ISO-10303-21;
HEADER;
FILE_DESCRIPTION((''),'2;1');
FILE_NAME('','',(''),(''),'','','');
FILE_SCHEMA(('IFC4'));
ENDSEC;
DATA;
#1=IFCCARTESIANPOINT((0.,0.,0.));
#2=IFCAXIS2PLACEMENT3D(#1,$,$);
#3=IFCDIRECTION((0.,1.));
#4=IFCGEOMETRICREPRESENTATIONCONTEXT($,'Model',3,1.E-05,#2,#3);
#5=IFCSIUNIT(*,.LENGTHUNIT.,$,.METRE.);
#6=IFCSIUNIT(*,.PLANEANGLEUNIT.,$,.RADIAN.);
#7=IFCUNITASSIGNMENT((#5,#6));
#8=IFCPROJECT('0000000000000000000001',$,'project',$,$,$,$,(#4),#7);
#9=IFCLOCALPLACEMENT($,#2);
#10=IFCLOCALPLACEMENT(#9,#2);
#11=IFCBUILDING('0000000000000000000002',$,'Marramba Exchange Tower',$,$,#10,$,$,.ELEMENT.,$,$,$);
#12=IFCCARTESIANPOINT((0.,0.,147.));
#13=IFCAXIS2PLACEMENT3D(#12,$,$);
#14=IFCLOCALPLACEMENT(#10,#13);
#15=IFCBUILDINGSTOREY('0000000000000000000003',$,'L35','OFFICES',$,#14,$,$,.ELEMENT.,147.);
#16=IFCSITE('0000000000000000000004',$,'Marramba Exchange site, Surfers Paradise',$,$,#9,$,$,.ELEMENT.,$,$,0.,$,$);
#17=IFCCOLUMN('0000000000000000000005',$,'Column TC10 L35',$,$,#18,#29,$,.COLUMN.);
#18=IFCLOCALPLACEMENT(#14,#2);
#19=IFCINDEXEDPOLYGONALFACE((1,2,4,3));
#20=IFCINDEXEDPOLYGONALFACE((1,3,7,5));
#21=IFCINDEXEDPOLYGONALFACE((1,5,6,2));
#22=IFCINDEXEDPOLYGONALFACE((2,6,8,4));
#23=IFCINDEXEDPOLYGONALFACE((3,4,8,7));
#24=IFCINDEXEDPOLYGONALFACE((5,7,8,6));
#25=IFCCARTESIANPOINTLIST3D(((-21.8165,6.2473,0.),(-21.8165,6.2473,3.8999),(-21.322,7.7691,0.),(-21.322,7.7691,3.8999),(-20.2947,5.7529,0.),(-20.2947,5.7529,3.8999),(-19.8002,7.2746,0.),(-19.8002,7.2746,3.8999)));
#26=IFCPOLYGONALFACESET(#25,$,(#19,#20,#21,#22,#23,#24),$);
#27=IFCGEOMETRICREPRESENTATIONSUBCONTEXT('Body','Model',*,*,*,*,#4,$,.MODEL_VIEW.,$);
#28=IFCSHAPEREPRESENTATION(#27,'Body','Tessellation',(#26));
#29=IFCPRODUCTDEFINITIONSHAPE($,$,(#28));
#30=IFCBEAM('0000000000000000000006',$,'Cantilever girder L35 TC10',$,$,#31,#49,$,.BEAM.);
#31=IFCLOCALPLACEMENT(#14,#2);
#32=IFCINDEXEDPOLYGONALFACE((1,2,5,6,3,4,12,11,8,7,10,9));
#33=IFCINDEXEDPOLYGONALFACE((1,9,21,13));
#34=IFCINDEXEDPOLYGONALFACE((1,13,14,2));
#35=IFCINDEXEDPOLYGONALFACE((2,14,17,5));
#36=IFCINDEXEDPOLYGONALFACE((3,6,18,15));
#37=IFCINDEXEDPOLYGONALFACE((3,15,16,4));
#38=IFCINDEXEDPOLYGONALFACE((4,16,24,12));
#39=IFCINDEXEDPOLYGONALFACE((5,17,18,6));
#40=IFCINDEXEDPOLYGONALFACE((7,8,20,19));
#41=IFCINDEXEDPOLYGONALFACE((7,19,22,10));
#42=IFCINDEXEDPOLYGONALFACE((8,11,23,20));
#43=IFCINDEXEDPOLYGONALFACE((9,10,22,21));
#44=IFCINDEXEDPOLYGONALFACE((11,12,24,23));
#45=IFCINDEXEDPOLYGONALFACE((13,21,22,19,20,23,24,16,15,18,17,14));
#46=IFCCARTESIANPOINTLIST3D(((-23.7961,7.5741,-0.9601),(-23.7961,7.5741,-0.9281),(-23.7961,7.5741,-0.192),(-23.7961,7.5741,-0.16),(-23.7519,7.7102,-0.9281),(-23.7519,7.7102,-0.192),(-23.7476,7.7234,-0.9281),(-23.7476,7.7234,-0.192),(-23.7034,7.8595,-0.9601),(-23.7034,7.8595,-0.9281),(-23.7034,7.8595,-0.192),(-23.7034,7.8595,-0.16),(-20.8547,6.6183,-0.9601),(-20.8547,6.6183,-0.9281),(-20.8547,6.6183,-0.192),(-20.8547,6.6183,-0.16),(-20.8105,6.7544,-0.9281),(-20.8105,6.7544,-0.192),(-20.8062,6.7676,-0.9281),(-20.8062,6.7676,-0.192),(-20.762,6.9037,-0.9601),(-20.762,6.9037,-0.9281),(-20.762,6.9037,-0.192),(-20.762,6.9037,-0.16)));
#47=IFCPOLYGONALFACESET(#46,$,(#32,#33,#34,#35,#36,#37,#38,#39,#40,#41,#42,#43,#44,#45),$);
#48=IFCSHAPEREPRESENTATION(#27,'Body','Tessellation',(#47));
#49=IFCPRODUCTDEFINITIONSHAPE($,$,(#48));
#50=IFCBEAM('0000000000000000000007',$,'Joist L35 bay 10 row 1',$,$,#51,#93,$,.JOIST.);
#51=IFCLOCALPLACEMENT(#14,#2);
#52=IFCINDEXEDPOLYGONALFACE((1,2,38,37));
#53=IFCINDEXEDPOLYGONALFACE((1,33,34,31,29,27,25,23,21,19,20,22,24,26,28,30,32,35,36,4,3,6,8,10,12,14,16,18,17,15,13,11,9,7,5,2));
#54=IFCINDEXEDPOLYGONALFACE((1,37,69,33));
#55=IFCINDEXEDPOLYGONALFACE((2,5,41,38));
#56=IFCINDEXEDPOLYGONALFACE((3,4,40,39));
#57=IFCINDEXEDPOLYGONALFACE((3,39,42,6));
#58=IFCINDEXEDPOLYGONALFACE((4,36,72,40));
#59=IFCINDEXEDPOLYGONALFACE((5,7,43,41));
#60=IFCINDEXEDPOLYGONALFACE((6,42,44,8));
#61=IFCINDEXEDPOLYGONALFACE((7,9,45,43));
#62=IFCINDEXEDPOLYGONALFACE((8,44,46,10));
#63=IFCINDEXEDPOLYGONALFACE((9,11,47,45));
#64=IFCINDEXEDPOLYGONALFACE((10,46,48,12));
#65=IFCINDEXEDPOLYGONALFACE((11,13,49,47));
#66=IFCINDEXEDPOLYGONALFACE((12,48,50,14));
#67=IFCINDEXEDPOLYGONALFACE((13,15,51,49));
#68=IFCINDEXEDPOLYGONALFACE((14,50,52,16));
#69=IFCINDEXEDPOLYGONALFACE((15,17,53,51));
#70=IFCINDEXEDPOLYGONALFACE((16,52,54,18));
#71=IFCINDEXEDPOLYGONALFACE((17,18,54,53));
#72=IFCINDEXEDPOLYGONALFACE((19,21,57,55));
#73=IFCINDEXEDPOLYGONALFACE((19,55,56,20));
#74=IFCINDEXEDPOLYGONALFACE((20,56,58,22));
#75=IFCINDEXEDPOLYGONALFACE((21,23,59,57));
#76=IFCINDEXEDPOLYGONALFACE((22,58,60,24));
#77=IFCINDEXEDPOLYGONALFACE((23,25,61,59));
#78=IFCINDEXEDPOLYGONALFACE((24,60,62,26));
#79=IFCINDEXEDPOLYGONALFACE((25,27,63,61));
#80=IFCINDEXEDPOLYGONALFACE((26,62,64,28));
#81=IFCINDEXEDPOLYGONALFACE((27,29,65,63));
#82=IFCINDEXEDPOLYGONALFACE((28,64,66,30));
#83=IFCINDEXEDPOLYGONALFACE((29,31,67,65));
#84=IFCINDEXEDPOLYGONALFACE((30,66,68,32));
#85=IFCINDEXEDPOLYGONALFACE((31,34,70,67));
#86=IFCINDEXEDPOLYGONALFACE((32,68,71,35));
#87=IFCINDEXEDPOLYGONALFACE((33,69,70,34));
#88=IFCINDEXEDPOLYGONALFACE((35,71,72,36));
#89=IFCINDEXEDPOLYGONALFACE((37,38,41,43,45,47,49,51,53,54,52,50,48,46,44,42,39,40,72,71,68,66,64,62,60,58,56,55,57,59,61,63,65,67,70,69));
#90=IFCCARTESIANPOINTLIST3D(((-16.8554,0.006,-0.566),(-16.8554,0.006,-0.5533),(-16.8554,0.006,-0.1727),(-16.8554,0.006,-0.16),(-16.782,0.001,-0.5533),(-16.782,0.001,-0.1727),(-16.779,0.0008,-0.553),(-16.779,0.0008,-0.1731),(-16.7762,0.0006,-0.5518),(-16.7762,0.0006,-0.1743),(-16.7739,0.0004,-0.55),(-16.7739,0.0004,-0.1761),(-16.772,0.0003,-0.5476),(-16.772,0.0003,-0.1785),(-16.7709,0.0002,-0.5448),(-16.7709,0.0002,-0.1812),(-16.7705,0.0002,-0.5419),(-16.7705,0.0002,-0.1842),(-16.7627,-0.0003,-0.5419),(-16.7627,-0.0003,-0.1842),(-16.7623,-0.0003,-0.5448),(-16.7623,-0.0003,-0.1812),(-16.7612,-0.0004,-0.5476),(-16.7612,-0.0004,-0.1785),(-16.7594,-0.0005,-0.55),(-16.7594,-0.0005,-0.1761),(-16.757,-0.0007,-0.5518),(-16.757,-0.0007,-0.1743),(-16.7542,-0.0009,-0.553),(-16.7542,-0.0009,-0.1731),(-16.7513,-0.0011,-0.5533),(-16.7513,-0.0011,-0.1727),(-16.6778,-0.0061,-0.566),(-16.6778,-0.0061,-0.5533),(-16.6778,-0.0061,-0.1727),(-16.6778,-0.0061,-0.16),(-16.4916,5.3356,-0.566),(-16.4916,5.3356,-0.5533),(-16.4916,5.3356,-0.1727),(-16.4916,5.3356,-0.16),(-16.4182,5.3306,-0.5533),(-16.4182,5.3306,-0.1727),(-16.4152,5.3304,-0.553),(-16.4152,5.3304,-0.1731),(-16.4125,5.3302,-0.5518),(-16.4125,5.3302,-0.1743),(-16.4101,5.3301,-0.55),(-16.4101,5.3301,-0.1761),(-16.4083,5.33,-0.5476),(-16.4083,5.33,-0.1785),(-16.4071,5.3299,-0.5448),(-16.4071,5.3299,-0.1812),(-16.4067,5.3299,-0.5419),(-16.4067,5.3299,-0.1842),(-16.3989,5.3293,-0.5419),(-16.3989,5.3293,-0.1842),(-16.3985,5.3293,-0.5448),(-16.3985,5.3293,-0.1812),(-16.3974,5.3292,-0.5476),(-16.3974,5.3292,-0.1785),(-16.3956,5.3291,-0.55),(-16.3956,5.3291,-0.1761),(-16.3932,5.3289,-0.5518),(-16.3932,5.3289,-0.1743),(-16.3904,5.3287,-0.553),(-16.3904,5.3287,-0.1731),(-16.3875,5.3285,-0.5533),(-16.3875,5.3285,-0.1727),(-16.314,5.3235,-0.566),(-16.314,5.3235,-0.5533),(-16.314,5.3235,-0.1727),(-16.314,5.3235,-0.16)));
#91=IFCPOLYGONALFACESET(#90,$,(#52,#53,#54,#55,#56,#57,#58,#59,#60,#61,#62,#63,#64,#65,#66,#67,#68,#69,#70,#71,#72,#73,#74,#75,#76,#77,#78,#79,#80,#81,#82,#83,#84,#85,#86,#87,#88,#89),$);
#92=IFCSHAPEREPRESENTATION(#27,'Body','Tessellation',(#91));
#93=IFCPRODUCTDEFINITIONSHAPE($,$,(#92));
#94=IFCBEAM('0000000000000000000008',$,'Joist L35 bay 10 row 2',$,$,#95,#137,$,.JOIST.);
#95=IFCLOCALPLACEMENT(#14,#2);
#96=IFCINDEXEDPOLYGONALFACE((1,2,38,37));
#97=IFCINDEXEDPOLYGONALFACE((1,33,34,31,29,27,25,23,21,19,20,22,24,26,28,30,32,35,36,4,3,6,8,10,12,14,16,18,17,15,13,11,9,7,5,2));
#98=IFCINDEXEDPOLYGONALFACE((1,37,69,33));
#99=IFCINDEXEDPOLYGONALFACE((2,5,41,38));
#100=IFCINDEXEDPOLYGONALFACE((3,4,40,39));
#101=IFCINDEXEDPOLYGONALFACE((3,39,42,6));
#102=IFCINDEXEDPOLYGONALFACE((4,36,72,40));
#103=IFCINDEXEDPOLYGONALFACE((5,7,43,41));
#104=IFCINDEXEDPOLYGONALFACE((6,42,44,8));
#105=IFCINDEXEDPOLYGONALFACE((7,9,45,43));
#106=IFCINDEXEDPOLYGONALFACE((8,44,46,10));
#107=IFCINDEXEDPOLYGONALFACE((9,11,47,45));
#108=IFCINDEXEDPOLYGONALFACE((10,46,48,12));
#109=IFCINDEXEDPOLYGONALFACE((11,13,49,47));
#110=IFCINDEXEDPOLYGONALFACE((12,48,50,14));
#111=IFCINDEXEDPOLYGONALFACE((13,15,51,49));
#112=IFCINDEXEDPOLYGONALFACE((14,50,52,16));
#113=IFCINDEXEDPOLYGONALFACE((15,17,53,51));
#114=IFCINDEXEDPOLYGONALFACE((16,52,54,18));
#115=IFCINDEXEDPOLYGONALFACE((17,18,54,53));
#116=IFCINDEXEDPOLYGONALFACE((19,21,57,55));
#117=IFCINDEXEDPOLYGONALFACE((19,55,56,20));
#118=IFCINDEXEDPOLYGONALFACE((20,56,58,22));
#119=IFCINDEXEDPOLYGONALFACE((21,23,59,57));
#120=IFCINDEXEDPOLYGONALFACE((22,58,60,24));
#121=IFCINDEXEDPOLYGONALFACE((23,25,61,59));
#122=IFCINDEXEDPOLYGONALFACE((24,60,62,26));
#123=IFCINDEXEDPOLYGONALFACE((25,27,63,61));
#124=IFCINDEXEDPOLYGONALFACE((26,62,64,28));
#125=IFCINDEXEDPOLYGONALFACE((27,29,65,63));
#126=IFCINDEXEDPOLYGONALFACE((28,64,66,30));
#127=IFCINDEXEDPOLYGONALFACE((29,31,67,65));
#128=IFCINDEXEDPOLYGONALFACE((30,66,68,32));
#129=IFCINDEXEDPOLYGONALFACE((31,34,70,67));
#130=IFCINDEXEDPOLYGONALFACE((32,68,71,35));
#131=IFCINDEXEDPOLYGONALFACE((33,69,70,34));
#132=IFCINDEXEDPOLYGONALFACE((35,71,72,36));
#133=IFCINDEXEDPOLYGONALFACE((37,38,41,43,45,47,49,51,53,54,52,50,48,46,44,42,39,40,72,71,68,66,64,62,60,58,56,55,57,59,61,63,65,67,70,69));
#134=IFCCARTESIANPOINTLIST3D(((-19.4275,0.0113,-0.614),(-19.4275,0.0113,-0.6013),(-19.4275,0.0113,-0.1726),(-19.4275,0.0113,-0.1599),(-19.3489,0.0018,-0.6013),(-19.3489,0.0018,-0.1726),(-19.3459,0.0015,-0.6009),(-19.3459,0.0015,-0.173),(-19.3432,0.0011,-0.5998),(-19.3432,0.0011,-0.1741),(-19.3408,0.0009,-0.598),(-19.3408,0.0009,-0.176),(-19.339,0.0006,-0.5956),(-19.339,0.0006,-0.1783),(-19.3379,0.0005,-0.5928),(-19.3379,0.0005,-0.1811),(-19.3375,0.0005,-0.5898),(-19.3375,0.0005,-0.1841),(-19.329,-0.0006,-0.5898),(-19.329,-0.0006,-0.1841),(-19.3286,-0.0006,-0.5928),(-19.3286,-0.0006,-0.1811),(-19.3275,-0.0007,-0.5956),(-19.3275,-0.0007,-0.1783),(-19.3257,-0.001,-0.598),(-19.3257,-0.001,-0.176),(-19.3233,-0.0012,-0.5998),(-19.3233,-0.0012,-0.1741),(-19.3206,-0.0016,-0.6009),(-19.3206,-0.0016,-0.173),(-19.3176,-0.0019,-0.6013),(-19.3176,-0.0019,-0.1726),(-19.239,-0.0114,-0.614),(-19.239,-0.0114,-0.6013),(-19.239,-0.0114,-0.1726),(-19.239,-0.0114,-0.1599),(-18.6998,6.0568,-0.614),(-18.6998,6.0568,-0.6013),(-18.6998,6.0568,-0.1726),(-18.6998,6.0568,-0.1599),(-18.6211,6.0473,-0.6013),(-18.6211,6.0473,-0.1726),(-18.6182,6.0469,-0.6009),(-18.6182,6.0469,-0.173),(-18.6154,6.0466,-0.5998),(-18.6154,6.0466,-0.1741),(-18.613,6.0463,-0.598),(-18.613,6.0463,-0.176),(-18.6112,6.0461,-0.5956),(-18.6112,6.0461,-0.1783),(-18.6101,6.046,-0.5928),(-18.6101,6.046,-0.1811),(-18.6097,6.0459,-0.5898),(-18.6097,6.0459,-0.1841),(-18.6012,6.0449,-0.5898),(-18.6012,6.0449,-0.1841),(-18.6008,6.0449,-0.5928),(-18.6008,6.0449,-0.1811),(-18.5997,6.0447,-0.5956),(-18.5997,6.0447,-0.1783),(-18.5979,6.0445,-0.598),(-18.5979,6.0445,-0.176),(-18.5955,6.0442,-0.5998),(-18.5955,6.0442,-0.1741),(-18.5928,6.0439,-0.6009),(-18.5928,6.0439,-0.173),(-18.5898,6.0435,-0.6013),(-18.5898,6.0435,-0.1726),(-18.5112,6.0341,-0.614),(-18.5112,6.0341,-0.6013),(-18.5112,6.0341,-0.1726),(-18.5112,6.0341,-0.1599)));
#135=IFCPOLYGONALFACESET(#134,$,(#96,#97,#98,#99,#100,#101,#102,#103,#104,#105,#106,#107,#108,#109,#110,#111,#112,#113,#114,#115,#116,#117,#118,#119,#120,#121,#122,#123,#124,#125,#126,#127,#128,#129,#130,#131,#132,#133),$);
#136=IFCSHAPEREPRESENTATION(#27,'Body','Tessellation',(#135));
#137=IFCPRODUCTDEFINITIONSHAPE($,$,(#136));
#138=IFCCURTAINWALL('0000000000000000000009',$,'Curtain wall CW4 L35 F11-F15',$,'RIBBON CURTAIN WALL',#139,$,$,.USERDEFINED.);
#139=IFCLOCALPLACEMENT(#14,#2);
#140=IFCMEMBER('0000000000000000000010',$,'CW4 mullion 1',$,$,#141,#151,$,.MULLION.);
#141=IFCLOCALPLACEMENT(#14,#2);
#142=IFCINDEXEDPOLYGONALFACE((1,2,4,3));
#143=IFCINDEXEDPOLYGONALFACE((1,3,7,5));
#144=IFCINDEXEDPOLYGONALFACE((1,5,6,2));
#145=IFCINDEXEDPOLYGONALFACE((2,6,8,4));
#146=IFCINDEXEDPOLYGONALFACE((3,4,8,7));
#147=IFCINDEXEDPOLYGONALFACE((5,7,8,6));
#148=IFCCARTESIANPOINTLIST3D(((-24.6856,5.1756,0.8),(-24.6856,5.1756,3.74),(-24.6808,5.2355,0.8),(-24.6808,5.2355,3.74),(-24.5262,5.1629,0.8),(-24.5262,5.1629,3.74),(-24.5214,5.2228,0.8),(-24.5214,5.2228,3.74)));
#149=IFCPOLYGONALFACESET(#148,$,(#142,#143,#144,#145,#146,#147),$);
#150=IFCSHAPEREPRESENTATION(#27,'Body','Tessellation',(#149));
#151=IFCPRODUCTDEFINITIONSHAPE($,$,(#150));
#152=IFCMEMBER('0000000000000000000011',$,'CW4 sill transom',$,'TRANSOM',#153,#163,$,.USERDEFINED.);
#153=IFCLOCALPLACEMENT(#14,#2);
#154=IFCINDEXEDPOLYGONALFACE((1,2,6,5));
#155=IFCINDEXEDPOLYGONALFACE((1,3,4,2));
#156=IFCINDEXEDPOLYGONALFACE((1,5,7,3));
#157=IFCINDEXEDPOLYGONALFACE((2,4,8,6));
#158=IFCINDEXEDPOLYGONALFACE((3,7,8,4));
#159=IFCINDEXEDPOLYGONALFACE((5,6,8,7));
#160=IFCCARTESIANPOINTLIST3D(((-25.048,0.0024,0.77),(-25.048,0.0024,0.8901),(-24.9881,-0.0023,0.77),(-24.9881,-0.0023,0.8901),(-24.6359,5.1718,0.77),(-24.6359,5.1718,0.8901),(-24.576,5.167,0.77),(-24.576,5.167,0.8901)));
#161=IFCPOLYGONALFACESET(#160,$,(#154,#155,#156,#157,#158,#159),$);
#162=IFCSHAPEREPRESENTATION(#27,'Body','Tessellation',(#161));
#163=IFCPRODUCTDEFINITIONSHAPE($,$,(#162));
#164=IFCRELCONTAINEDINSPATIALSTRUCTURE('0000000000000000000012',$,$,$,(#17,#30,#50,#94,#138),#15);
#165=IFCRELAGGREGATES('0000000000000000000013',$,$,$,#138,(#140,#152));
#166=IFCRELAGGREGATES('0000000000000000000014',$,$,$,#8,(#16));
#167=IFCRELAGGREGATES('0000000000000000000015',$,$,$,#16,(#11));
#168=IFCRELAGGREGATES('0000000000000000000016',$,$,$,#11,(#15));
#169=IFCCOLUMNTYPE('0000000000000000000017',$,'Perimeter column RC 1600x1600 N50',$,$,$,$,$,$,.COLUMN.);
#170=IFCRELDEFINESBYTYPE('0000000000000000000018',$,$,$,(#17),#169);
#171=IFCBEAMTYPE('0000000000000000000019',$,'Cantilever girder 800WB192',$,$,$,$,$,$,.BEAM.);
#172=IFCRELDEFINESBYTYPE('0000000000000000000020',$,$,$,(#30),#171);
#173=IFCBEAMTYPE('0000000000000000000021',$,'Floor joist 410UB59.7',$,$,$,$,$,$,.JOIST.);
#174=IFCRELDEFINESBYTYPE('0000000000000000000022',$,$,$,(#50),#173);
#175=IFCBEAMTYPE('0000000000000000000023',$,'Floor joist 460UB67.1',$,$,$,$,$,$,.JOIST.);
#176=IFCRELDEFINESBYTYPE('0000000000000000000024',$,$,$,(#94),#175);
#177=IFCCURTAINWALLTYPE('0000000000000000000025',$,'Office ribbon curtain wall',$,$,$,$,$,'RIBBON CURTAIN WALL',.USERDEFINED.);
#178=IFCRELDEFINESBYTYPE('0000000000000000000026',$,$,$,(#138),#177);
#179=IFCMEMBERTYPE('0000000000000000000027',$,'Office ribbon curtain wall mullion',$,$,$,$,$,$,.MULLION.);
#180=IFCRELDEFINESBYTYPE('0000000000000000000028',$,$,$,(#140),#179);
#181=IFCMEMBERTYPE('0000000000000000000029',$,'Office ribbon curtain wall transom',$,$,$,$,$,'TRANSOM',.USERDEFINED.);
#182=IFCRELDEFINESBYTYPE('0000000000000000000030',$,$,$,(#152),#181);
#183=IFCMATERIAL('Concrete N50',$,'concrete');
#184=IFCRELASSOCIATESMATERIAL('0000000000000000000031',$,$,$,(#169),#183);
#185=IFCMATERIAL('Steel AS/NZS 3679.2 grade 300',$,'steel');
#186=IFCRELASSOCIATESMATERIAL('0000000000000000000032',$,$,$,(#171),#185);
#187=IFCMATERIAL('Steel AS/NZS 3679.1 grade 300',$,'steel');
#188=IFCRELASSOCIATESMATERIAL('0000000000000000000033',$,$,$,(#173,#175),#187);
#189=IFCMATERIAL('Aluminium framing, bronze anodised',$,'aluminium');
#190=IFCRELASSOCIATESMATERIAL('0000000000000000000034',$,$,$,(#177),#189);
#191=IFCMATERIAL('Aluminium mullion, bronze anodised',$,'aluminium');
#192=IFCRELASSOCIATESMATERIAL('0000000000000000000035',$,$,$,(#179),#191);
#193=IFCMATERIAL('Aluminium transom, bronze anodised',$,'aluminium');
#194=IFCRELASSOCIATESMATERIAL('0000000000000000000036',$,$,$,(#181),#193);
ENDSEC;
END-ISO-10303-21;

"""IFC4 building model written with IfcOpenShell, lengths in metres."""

from ifc_helpers import new_model, si_unit, direction, frame, origin, origin_2d, place, context, subcontext, project, spatial, rectangle, i_section, extrude, material, material_profile, profile_set, type_object, element, aggregate, save


model = new_model("IFC4")

# Units and contexts
model_context = context("Model", 3, precision=1e-05, world=origin(), true_north=direction((0.0, 1.0)))
body_context = subcontext(model_context, "Body", "Model", "MODEL_VIEW")
ifc_project = project(units=[si_unit("LENGTHUNIT", "METRE"), si_unit("PLANEANGLEUNIT", "RADIAN")], contexts=[model_context])

# Site, building, storey
site_placement = place(None, origin())
site = spatial("IfcSite", under=ifc_project, at=site_placement, Name="Marramba Exchange site, Surfers Paradise", CompositionType="ELEMENT", RefElevation=0.0)
building_placement = place(site_placement, origin())
building = spatial("IfcBuilding", under=site, at=building_placement, Name="Marramba Exchange Tower", CompositionType="ELEMENT")
storey_placement = place(building_placement, frame((0.0, 0.0, 147.0)))
storey = spatial("IfcBuildingStorey", under=building, at=storey_placement, Name="L35", Description="OFFICES", CompositionType="ELEMENT", Elevation=147.0)

# Column
ifc_material_1 = material(Name="Concrete N50", Category="concrete")
ifc_material_profile_1 = material_profile(ifc_material_1, rectangle(XDim=1.6001, YDim=1.6001, at=origin_2d()), Name="RC 1600x1600")
ifc_profile_set_1 = profile_set([ifc_material_profile_1], Name="Concrete N50")
column_type = type_object("IfcColumnType", Name="Perimeter column RC 1600x1600 N50", PredefinedType="COLUMN", material=ifc_profile_set_1)
column_placement = place(storey_placement, frame((-20.8083, 6.761, 0.0), z_axis=(0.0, 0.0, 1.0), x_axis=(-0.951057, 0.309017, 0.0)))
element("IfcColumn", 1, at=column_placement, inside=storey, type_object=column_type, Name="Column TC10 L35", PredefinedType="COLUMN", context=body_context, shape_type="SweptSolid", body=[
    extrude(rectangle(XDim=1.6001, YDim=1.6001, at=origin_2d()), origin(), (0.0, 0.0, 1.0), 3.8999),
])

# Beams
ifc_material_2 = material(Name="Steel AS/NZS 3679.2 grade 300", Category="steel")
ifc_material_profile_2 = material_profile(ifc_material_2, i_section(OverallWidth=0.3, OverallDepth=0.8, WebThickness=0.0139, FlangeThickness=0.032, at=origin_2d()), Name="800WB192")
ifc_profile_set_2 = profile_set([ifc_material_profile_2], Name="Steel AS/NZS 3679.2 grade 300")
beam_type_1 = type_object("IfcBeamType", Name="Cantilever girder 800WB192", PredefinedType="BEAM", material=ifc_profile_set_2)
beam_1_placement = place(storey_placement, frame((-20.8083, 6.761, -0.5601), z_axis=(-0.951048, 0.309043, 0.0), x_axis=(-0.309043, -0.951048, 0.0)))
element("IfcBeam", 2, at=beam_1_placement, inside=storey, type_object=beam_type_1, Name="Cantilever girder L35 TC10", PredefinedType="BEAM", context=body_context, shape_type="SweptSolid", body=[
    extrude(i_section(OverallWidth=0.3, OverallDepth=0.8, WebThickness=0.0139, FlangeThickness=0.032, at=origin_2d()), origin(), (0.0, 0.0, 1.0), 3.0928),
])
ifc_material_3 = material(Name="Steel AS/NZS 3679.1 grade 300", Category="steel")
ifc_material_profile_3 = material_profile(ifc_material_3, i_section(OverallWidth=0.178, OverallDepth=0.406, WebThickness=0.0078, FlangeThickness=0.0127, FilletRadius=0.0115, at=origin_2d()), Name="410UB59.7")
ifc_profile_set_3 = profile_set([ifc_material_profile_3], Name="Steel AS/NZS 3679.1 grade 300")
beam_type_2 = type_object("IfcBeamType", Name="Floor joist 410UB59.7", PredefinedType="JOIST", material=ifc_profile_set_3)
beam_2_placement = place(storey_placement, frame((-16.4028, 5.3296, -0.363), z_axis=(-0.068096, -0.997679, 0.0), x_axis=(0.997679, -0.068096, 0.0)))
element("IfcBeam", 3, at=beam_2_placement, inside=storey, type_object=beam_type_2, Name="Joist L35 bay 10 row 1", PredefinedType="JOIST", context=body_context, shape_type="SweptSolid", body=[
    extrude(i_section(OverallWidth=0.178, OverallDepth=0.406, WebThickness=0.0078, FlangeThickness=0.0127, FilletRadius=0.0115, at=origin_2d()), origin(), (0.0, 0.0, 1.0), 5.342),
])
ifc_material_profile_4 = material_profile(ifc_material_3, i_section(OverallWidth=0.1899, OverallDepth=0.4541, WebThickness=0.0085, FlangeThickness=0.0127, FilletRadius=0.0115, at=origin_2d()), Name="460UB67.1")
ifc_profile_set_4 = profile_set([ifc_material_profile_4], Name="Steel AS/NZS 3679.1 grade 300")
beam_type_3 = type_object("IfcBeamType", Name="Floor joist 460UB67.1", PredefinedType="JOIST", material=ifc_profile_set_4)
beam_3_placement = place(storey_placement, frame((-18.6055, 6.0454, -0.387), z_axis=(-0.119523, -0.992831, 0.0), x_axis=(0.992831, -0.119523, 0.0)))
element("IfcBeam", 4, at=beam_3_placement, inside=storey, type_object=beam_type_3, Name="Joist L35 bay 10 row 2", PredefinedType="JOIST", context=body_context, shape_type="SweptSolid", body=[
    extrude(i_section(OverallWidth=0.1899, OverallDepth=0.4541, WebThickness=0.0085, FlangeThickness=0.0127, FilletRadius=0.0115, at=origin_2d()), origin(), (0.0, 0.0, 1.0), 6.0891),
])

# Curtain wall, members
ifc_material_4 = material(Name="Aluminium framing, bronze anodised", Category="aluminium")
curtain_wall_type = type_object("IfcCurtainWallType", Name="Office ribbon curtain wall", ElementType="RIBBON CURTAIN WALL", PredefinedType="USERDEFINED", material=ifc_material_4)
curtain_wall_placement = place(storey_placement, origin())
curtain_wall = element("IfcCurtainWall", 5, at=curtain_wall_placement, inside=storey, type_object=curtain_wall_type, Name="Curtain wall CW4 L35 F11-F15", ObjectType="RIBBON CURTAIN WALL", PredefinedType="USERDEFINED")
ifc_material_5 = material(Name="Aluminium mullion, bronze anodised", Category="aluminium")
ifc_material_profile_5 = material_profile(ifc_material_5, rectangle(XDim=0.1599, YDim=0.0601, at=origin_2d()), Name="CW4 mullion 60x160")
ifc_profile_set_5 = profile_set([ifc_material_profile_5], Name="Aluminium mullion, bronze anodised")
member_type_1 = type_object("IfcMemberType", Name="Office ribbon curtain wall mullion", PredefinedType="MULLION", material=ifc_profile_set_5)
member_1_placement = place(storey_placement, frame((-24.6035, 5.1992, 0.8), z_axis=(0.0, 0.0, 1.0), x_axis=(0.996838, -0.07946, 0.0)))
member_1 = element("IfcMember", 6, at=member_1_placement, type_object=member_type_1, Name="CW4 mullion 1", PredefinedType="MULLION", context=body_context, shape_type="SweptSolid", body=[
    extrude(rectangle(XDim=0.1599, YDim=0.0601, at=origin_2d()), origin(), (0.0, 0.0, 1.0), 2.9399),
])
ifc_material_6 = material(Name="Aluminium transom, bronze anodised", Category="aluminium")
ifc_material_profile_6 = material_profile(ifc_material_6, rectangle(XDim=0.0601, YDim=0.1201, at=origin_2d()), Name="CW4 transom 60x120")
ifc_profile_set_6 = profile_set([ifc_material_profile_6], Name="Aluminium transom, bronze anodised")
member_type_2 = type_object("IfcMemberType", Name="Office ribbon curtain wall transom", ElementType="TRANSOM", PredefinedType="USERDEFINED", material=ifc_profile_set_6)
member_2_placement = place(storey_placement, frame((-24.606, 5.1694, 0.8301), z_axis=(-0.079468, -0.996837, 0.0), x_axis=(0.996837, -0.079468, 0.0)))
member_2 = element("IfcMember", 7, at=member_2_placement, type_object=member_type_2, Name="CW4 sill transom", ObjectType="TRANSOM", PredefinedType="USERDEFINED", context=body_context, shape_type="SweptSolid", body=[
    extrude(rectangle(XDim=0.0601, YDim=0.1201, at=origin_2d()), origin(), (0.0, 0.0, 1.0), 5.1858),
])

aggregate(curtain_wall, [member_1, member_2])

save(model, "model.ifc")
